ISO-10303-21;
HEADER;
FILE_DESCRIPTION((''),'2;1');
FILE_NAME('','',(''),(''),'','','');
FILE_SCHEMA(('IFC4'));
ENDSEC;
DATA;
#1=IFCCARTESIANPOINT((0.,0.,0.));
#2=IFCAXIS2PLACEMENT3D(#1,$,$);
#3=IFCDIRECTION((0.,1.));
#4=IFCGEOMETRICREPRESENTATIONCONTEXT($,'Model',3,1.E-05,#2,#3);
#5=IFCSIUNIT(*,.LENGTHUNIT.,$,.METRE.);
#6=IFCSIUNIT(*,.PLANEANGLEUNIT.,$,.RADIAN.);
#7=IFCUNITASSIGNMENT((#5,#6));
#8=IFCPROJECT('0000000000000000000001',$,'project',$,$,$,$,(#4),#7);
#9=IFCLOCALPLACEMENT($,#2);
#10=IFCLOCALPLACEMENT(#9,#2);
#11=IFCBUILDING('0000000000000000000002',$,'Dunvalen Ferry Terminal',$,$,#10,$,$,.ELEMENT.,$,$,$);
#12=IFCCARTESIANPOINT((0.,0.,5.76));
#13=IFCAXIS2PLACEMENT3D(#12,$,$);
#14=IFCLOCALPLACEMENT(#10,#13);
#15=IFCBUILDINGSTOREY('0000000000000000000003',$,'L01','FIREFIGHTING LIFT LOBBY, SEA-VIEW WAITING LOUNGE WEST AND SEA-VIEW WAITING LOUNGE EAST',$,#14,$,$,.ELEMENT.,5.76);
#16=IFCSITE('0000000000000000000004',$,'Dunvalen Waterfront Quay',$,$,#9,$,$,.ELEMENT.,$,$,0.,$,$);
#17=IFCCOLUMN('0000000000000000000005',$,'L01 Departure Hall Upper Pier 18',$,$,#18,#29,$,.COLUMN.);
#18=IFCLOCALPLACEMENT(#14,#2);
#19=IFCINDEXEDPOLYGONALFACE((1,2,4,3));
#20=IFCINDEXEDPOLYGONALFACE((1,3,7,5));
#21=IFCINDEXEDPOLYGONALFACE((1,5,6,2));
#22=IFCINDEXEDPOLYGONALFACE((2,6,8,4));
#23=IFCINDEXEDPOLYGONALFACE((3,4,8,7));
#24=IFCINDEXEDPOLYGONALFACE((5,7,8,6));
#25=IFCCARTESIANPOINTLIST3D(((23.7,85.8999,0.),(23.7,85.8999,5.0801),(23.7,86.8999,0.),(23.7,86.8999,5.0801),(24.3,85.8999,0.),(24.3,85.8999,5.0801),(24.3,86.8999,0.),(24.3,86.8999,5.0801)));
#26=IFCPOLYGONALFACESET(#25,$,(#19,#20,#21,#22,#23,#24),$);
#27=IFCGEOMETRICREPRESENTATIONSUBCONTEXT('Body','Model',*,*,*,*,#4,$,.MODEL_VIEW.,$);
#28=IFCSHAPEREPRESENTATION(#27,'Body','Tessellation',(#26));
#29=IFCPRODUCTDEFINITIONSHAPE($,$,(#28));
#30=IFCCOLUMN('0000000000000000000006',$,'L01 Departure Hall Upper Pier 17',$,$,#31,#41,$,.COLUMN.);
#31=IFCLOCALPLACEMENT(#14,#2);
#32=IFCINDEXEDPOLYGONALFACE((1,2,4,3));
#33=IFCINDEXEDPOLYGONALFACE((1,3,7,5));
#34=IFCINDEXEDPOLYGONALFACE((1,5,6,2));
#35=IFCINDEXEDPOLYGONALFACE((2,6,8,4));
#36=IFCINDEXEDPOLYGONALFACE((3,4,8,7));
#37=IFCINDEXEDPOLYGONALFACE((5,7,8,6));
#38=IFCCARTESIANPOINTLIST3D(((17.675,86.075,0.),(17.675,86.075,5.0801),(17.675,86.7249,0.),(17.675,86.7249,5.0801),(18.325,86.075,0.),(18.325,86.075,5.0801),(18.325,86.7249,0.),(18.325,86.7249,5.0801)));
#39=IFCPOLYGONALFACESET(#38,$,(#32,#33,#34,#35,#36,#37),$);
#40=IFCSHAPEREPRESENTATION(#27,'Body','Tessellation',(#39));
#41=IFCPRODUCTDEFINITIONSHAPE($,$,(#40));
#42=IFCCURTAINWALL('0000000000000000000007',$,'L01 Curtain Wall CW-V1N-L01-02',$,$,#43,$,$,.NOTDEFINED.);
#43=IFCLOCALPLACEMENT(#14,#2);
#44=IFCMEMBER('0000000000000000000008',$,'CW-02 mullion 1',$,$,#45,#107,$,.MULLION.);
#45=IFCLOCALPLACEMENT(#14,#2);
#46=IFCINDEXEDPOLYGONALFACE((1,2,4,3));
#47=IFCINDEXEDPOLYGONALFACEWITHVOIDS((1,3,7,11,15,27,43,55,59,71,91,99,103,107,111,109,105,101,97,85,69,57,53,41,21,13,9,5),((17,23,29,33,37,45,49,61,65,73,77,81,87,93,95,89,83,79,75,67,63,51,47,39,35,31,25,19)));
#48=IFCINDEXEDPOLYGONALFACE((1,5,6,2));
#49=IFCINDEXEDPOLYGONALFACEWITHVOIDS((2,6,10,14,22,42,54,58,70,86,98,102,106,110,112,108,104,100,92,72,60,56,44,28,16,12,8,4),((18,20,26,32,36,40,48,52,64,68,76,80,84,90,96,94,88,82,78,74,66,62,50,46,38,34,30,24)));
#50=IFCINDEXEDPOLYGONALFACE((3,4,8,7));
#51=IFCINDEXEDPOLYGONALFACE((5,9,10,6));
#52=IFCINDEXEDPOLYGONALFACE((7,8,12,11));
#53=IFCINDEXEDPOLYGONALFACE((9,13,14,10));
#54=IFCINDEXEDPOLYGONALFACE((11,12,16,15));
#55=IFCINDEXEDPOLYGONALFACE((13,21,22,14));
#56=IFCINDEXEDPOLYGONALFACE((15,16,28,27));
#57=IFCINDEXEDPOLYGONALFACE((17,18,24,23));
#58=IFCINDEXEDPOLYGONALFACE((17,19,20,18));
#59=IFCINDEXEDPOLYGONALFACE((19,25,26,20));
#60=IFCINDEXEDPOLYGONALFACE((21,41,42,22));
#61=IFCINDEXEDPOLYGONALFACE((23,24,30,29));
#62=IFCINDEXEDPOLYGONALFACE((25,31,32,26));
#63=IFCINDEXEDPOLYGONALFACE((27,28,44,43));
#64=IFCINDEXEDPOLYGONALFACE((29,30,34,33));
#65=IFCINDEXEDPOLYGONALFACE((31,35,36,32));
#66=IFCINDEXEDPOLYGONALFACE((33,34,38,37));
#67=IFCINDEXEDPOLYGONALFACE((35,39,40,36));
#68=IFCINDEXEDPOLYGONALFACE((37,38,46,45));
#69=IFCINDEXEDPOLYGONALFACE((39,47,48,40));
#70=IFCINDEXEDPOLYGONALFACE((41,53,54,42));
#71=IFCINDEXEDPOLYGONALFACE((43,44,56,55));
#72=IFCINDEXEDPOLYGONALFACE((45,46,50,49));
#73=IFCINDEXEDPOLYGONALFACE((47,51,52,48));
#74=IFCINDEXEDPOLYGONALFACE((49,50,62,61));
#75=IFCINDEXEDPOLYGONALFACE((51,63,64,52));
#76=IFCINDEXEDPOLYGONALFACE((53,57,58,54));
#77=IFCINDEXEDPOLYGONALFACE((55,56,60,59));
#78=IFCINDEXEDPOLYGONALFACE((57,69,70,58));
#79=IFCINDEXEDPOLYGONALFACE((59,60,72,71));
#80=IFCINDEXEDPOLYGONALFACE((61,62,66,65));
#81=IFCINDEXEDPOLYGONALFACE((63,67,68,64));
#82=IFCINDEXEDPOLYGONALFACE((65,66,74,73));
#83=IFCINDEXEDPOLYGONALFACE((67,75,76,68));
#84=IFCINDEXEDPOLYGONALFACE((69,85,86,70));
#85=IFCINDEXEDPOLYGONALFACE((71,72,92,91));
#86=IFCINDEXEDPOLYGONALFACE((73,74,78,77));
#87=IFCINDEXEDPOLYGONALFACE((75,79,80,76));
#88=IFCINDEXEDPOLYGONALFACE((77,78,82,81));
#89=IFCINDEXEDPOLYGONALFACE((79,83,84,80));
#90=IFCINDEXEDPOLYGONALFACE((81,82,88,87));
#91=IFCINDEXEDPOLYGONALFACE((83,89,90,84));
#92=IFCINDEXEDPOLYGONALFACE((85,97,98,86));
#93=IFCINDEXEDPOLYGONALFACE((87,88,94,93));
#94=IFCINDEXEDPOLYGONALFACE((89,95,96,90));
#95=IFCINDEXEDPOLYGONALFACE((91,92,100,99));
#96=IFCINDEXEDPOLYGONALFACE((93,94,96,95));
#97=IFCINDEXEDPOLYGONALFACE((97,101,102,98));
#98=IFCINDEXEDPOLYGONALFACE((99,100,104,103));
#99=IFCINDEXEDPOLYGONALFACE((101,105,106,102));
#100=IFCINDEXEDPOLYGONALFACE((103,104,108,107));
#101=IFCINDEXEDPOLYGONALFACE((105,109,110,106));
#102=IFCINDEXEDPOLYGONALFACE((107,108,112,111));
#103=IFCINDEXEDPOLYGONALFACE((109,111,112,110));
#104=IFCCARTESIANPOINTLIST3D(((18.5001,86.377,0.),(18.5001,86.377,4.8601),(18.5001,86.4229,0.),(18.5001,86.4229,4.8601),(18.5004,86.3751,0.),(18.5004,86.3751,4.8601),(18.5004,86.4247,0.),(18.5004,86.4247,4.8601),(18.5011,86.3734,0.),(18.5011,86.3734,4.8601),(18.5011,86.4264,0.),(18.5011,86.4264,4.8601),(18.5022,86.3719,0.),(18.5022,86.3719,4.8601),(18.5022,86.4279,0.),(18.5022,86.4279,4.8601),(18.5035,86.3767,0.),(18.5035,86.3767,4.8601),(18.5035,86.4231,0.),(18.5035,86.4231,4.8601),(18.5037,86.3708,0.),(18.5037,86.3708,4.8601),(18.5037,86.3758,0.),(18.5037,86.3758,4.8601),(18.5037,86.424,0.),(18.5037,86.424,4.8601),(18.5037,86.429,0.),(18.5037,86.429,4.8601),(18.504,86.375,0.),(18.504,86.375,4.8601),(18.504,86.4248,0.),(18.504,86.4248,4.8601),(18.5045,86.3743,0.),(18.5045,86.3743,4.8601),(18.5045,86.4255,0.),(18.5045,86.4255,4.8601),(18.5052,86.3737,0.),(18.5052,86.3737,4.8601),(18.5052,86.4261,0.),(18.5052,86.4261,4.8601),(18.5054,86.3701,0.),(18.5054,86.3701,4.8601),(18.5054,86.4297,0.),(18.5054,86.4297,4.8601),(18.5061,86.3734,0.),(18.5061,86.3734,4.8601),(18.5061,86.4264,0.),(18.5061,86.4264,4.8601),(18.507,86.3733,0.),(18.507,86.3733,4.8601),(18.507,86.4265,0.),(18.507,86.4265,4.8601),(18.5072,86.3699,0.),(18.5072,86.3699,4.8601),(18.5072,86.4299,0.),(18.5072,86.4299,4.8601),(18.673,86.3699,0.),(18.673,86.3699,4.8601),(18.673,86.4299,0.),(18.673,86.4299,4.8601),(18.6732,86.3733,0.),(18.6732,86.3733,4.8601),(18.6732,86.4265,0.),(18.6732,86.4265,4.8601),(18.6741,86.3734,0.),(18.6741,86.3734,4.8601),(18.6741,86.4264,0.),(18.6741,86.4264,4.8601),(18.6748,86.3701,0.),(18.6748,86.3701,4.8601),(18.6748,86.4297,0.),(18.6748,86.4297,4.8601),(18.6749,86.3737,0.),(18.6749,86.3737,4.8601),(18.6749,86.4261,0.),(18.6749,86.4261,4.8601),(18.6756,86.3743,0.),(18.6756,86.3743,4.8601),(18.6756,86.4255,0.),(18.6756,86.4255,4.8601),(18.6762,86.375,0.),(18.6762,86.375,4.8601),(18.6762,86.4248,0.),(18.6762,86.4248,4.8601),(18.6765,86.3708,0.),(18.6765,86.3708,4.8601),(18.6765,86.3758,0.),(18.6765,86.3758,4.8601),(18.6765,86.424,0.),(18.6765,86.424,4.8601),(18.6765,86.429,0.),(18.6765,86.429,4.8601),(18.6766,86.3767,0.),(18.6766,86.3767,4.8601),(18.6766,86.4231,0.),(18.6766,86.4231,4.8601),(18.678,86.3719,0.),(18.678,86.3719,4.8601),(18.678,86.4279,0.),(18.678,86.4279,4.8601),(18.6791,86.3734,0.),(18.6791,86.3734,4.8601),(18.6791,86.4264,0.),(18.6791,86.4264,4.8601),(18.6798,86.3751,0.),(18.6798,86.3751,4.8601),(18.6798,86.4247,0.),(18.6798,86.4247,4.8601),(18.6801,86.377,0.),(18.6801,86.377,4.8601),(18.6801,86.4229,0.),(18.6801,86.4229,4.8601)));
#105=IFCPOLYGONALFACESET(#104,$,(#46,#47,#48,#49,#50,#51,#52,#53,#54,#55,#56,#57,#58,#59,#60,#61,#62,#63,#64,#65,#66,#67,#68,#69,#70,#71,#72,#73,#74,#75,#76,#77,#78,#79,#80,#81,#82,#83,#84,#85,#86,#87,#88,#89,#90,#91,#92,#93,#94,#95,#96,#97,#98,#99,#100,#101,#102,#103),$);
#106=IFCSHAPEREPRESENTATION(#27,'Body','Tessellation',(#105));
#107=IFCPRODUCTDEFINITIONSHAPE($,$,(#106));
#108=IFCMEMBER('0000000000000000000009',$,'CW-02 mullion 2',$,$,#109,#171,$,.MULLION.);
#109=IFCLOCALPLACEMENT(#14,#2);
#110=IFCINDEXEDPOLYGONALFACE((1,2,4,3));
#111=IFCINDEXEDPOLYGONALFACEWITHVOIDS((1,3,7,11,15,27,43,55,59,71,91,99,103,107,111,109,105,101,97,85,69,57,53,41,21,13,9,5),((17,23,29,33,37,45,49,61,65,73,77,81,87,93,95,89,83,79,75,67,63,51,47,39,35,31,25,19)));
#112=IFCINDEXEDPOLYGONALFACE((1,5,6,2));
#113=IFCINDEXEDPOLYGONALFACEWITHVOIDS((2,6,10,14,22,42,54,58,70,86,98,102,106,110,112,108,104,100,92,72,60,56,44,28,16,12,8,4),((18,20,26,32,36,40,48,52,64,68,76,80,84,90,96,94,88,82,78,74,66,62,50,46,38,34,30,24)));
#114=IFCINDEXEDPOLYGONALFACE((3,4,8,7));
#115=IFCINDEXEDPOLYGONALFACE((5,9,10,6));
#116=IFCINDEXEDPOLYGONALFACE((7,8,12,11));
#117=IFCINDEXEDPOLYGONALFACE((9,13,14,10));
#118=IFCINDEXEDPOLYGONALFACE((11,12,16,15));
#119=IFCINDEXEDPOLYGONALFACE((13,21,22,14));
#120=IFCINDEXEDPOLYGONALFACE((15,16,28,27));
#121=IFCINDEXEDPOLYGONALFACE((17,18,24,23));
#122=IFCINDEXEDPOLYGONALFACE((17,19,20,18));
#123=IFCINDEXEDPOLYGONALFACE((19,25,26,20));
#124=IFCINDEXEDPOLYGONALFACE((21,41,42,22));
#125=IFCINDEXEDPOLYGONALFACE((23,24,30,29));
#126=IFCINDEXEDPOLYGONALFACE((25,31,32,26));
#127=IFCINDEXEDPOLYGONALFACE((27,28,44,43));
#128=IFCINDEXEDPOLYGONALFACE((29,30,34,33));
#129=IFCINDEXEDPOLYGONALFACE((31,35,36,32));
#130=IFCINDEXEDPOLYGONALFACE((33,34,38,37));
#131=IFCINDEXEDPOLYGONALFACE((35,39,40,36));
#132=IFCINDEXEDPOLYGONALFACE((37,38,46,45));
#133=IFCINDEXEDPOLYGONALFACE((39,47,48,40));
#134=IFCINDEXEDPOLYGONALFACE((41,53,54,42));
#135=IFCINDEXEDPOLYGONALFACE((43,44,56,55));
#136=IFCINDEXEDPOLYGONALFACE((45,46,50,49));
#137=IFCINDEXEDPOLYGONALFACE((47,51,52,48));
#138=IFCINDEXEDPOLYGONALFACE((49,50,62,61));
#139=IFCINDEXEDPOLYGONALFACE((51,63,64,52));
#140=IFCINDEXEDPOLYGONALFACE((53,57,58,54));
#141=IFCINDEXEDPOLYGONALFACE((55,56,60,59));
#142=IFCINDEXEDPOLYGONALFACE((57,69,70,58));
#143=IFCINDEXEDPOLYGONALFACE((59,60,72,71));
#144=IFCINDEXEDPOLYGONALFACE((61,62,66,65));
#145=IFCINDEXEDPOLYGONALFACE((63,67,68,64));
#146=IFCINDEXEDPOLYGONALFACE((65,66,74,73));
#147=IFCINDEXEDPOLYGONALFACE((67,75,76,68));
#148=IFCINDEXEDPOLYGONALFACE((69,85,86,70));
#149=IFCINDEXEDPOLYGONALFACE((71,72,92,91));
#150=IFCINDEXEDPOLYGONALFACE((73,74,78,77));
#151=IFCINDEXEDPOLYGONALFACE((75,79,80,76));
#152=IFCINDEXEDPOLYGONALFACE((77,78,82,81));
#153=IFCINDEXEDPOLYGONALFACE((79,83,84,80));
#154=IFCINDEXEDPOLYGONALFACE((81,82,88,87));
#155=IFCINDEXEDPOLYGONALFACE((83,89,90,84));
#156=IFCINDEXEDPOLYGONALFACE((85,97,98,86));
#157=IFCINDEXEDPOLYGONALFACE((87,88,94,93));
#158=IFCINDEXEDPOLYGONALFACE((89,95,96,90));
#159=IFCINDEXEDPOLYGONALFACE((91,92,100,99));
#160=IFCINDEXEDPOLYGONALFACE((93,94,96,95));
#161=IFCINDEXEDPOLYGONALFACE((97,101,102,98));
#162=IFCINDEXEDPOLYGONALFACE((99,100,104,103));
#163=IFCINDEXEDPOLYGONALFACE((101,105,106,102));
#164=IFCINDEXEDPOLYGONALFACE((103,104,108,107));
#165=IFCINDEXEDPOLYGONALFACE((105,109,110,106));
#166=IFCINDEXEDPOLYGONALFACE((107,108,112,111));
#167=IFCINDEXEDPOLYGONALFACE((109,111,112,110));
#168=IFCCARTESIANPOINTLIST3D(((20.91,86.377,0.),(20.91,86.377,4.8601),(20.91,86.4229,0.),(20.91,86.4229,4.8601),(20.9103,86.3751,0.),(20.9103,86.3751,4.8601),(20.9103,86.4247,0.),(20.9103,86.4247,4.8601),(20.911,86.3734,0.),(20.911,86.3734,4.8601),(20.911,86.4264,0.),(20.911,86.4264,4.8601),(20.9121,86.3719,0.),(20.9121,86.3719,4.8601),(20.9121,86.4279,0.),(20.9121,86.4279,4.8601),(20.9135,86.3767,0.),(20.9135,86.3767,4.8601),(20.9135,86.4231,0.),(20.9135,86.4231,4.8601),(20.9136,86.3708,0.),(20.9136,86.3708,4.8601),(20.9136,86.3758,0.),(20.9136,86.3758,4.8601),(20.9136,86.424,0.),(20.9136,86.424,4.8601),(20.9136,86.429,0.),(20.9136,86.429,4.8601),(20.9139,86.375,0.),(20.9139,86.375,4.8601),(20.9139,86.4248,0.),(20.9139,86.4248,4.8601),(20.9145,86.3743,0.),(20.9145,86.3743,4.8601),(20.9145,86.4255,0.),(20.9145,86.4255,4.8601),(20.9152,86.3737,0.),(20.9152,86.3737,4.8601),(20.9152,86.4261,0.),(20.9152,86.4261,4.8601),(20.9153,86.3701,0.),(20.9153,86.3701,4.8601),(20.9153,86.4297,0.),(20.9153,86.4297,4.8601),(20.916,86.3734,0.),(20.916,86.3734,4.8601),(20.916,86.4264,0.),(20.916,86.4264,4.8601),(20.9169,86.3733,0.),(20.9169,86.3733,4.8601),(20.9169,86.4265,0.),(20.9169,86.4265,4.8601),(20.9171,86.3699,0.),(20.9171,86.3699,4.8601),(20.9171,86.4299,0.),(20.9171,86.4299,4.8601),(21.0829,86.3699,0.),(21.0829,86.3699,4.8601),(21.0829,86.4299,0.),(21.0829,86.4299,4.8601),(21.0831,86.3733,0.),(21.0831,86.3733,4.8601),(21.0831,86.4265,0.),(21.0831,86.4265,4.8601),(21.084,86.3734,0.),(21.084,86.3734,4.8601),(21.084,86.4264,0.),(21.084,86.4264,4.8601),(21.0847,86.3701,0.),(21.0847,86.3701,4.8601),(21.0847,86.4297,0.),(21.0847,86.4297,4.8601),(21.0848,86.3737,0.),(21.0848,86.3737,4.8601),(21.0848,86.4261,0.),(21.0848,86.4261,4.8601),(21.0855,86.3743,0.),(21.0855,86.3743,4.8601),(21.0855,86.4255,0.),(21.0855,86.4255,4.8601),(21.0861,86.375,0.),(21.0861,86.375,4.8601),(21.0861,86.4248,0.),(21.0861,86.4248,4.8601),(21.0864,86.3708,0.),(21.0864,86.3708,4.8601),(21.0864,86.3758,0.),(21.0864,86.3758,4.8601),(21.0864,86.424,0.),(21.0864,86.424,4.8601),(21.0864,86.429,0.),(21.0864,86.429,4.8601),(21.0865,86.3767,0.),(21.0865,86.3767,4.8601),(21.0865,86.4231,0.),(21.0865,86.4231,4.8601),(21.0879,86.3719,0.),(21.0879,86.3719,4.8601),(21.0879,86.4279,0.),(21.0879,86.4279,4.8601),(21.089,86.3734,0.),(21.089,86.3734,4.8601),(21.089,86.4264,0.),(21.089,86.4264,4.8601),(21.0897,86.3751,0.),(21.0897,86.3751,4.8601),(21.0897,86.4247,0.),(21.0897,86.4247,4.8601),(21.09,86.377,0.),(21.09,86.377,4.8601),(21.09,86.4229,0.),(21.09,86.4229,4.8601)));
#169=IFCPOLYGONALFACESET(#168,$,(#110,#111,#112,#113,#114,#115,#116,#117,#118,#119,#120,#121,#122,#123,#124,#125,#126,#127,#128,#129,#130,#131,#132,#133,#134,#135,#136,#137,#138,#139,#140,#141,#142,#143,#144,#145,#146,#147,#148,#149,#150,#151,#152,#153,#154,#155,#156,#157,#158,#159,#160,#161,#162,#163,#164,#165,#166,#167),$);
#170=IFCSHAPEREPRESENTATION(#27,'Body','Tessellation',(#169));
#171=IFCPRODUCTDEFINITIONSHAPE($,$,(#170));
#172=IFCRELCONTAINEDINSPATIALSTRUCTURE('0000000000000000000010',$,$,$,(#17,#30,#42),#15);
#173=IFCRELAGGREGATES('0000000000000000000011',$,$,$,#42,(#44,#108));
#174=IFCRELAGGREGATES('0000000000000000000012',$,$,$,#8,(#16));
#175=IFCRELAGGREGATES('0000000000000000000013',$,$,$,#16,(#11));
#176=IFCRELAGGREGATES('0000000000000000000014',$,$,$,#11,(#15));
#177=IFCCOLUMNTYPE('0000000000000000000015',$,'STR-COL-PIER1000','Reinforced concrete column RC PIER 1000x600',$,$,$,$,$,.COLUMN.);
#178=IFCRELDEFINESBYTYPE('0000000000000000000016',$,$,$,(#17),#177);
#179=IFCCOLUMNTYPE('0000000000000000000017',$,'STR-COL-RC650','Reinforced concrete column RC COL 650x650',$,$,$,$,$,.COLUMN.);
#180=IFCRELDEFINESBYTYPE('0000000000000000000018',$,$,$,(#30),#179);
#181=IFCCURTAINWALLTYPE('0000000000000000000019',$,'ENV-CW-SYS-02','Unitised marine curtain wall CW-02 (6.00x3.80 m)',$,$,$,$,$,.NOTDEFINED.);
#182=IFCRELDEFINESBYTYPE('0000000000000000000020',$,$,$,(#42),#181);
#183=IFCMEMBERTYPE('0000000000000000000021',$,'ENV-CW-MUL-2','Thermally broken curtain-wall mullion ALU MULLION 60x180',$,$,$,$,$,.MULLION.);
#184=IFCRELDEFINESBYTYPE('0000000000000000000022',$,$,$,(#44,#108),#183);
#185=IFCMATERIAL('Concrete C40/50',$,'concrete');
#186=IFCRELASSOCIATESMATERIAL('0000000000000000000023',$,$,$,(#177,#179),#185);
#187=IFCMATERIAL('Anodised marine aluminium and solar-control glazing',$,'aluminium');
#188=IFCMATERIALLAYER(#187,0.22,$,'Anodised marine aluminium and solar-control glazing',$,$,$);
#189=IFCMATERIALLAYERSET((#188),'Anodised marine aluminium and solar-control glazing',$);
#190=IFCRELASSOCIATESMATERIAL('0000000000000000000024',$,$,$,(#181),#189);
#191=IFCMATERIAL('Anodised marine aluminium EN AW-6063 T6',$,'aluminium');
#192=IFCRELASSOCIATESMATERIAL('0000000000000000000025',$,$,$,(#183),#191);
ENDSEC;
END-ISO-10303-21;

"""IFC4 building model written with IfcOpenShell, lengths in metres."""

from ifc_helpers import new_model, si_unit, direction, frame, origin, origin_2d, place, context, subcontext, project, spatial, rectangle, hollow_rectangle, extrude, material, layer, layer_set, material_profile, profile_set, type_object, element, aggregate, save


model = new_model("IFC4")

# Units and contexts
model_context = context("Model", 3, precision=1e-05, world=origin(), true_north=direction((0.0, 1.0)))
body_context = subcontext(model_context, "Body", "Model", "MODEL_VIEW")
ifc_project = project(units=[si_unit("LENGTHUNIT", "METRE"), si_unit("PLANEANGLEUNIT", "RADIAN")], contexts=[model_context])

# Site, building, storey
site_placement = place(None, origin())
site = spatial("IfcSite", under=ifc_project, at=site_placement, Name="Dunvalen Waterfront Quay", CompositionType="ELEMENT", RefElevation=0.0)
building_placement = place(site_placement, origin())
building = spatial("IfcBuilding", under=site, at=building_placement, Name="Dunvalen Ferry Terminal", CompositionType="ELEMENT")
storey_placement = place(building_placement, frame((0.0, 0.0, 5.76)))
storey = spatial("IfcBuildingStorey", under=building, at=storey_placement, Name="L01", Description="FIREFIGHTING LIFT LOBBY, SEA-VIEW WAITING LOUNGE WEST AND SEA-VIEW WAITING LOUNGE EAST", CompositionType="ELEMENT", Elevation=5.76)

# Columns
ifc_material_1 = material(Name="Concrete C40/50", Category="concrete")
ifc_material_profile_1 = material_profile(ifc_material_1, rectangle(XDim=0.6001, YDim=1.0, at=origin_2d()), Name="Concrete C40/50")
ifc_profile_set_1 = profile_set([ifc_material_profile_1], Name="Concrete C40/50")
column_type_1 = type_object("IfcColumnType", Name="STR-COL-PIER1000", Description="Reinforced concrete column RC PIER 1000x600", PredefinedType="COLUMN", material=ifc_profile_set_1)
column_1_placement = place(storey_placement, frame((24.0, 86.3999, 0.0), z_axis=(0.0, 0.0, 1.0), x_axis=(1.0, 0.0, 0.0)))
element("IfcColumn", 1, at=column_1_placement, inside=storey, type_object=column_type_1, Name="L01 Departure Hall Upper Pier 18", PredefinedType="COLUMN", context=body_context, shape_type="SweptSolid", body=[
    extrude(rectangle(XDim=0.6001, YDim=1.0, at=origin_2d()), origin(), (0.0, 0.0, 1.0), 5.0801),
])
ifc_material_profile_2 = material_profile(ifc_material_1, rectangle(XDim=0.6499, YDim=0.6499, at=origin_2d()), Name="Concrete C40/50")
ifc_profile_set_2 = profile_set([ifc_material_profile_2], Name="Concrete C40/50")
column_type_2 = type_object("IfcColumnType", Name="STR-COL-RC650", Description="Reinforced concrete column RC COL 650x650", PredefinedType="COLUMN", material=ifc_profile_set_2)
column_2_placement = place(storey_placement, frame((18.0, 86.3999, 0.0), z_axis=(0.0, 0.0, 1.0), x_axis=(1.0, 0.0, 0.0)))
element("IfcColumn", 2, at=column_2_placement, inside=storey, type_object=column_type_2, Name="L01 Departure Hall Upper Pier 17", PredefinedType="COLUMN", context=body_context, shape_type="SweptSolid", body=[
    extrude(rectangle(XDim=0.6499, YDim=0.6499, at=origin_2d()), origin(), (0.0, 0.0, 1.0), 5.0801),
])

# Curtain wall, members
ifc_material_2 = material(Name="Anodised marine aluminium and solar-control glazing", Category="aluminium")
ifc_layer_1 = layer(ifc_material_2, 0.22, Name="Anodised marine aluminium and solar-control glazing")
ifc_layer_set_1 = layer_set([ifc_layer_1], Name="Anodised marine aluminium and solar-control glazing")
curtain_wall_type = type_object("IfcCurtainWallType", Name="ENV-CW-SYS-02", Description="Unitised marine curtain wall CW-02 (6.00x3.80 m)", PredefinedType="NOTDEFINED", material=ifc_layer_set_1)
curtain_wall_placement = place(storey_placement, origin())
curtain_wall = element("IfcCurtainWall", 3, at=curtain_wall_placement, inside=storey, type_object=curtain_wall_type, Name="L01 Curtain Wall CW-V1N-L01-02", PredefinedType="NOTDEFINED")
ifc_material_3 = material(Name="Anodised marine aluminium EN AW-6063 T6", Category="aluminium")
ifc_material_profile_3 = material_profile(ifc_material_3, hollow_rectangle(XDim=0.0601, YDim=0.1799, WallThickness=0.0034, InnerFilletRadius=0.0034, OuterFilletRadius=0.0071, at=origin_2d()), Name="Anodised marine aluminium EN AW-6063 T6")
ifc_profile_set_3 = profile_set([ifc_material_profile_3], Name="Anodised marine aluminium EN AW-6063 T6")
member_type_1 = type_object("IfcMemberType", Name="ENV-CW-MUL-2", Description="Thermally broken curtain-wall mullion ALU MULLION 60x180", PredefinedType="MULLION", material=ifc_profile_set_3)
member_1_placement = place(storey_placement, frame((18.5901, 86.3999, 0.0), z_axis=(0.0, 0.0, 1.0), x_axis=(0.0, 1.0, 0.0)))
member_1 = element("IfcMember", 4, at=member_1_placement, type_object=member_type_1, Name="CW-02 mullion 1", PredefinedType="MULLION", context=body_context, shape_type="SweptSolid", body=[
    extrude(hollow_rectangle(XDim=0.0601, YDim=0.1799, WallThickness=0.0034, InnerFilletRadius=0.0034, OuterFilletRadius=0.0071, at=origin_2d()), origin(), (0.0, 0.0, 1.0), 4.8601),
])
member_2_placement = place(storey_placement, frame((21.0, 86.3999, 0.0), z_axis=(0.0, 0.0, 1.0), x_axis=(0.0, 1.0, 0.0)))
member_2 = element("IfcMember", 5, at=member_2_placement, type_object=member_type_1, Name="CW-02 mullion 2", PredefinedType="MULLION", context=body_context, shape_type="SweptSolid", body=[
    extrude(hollow_rectangle(XDim=0.0601, YDim=0.1799, WallThickness=0.0034, InnerFilletRadius=0.0034, OuterFilletRadius=0.0071, at=origin_2d()), origin(), (0.0, 0.0, 1.0), 4.8601),
])

aggregate(curtain_wall, [member_1, member_2])

save(model, "model.ifc")
